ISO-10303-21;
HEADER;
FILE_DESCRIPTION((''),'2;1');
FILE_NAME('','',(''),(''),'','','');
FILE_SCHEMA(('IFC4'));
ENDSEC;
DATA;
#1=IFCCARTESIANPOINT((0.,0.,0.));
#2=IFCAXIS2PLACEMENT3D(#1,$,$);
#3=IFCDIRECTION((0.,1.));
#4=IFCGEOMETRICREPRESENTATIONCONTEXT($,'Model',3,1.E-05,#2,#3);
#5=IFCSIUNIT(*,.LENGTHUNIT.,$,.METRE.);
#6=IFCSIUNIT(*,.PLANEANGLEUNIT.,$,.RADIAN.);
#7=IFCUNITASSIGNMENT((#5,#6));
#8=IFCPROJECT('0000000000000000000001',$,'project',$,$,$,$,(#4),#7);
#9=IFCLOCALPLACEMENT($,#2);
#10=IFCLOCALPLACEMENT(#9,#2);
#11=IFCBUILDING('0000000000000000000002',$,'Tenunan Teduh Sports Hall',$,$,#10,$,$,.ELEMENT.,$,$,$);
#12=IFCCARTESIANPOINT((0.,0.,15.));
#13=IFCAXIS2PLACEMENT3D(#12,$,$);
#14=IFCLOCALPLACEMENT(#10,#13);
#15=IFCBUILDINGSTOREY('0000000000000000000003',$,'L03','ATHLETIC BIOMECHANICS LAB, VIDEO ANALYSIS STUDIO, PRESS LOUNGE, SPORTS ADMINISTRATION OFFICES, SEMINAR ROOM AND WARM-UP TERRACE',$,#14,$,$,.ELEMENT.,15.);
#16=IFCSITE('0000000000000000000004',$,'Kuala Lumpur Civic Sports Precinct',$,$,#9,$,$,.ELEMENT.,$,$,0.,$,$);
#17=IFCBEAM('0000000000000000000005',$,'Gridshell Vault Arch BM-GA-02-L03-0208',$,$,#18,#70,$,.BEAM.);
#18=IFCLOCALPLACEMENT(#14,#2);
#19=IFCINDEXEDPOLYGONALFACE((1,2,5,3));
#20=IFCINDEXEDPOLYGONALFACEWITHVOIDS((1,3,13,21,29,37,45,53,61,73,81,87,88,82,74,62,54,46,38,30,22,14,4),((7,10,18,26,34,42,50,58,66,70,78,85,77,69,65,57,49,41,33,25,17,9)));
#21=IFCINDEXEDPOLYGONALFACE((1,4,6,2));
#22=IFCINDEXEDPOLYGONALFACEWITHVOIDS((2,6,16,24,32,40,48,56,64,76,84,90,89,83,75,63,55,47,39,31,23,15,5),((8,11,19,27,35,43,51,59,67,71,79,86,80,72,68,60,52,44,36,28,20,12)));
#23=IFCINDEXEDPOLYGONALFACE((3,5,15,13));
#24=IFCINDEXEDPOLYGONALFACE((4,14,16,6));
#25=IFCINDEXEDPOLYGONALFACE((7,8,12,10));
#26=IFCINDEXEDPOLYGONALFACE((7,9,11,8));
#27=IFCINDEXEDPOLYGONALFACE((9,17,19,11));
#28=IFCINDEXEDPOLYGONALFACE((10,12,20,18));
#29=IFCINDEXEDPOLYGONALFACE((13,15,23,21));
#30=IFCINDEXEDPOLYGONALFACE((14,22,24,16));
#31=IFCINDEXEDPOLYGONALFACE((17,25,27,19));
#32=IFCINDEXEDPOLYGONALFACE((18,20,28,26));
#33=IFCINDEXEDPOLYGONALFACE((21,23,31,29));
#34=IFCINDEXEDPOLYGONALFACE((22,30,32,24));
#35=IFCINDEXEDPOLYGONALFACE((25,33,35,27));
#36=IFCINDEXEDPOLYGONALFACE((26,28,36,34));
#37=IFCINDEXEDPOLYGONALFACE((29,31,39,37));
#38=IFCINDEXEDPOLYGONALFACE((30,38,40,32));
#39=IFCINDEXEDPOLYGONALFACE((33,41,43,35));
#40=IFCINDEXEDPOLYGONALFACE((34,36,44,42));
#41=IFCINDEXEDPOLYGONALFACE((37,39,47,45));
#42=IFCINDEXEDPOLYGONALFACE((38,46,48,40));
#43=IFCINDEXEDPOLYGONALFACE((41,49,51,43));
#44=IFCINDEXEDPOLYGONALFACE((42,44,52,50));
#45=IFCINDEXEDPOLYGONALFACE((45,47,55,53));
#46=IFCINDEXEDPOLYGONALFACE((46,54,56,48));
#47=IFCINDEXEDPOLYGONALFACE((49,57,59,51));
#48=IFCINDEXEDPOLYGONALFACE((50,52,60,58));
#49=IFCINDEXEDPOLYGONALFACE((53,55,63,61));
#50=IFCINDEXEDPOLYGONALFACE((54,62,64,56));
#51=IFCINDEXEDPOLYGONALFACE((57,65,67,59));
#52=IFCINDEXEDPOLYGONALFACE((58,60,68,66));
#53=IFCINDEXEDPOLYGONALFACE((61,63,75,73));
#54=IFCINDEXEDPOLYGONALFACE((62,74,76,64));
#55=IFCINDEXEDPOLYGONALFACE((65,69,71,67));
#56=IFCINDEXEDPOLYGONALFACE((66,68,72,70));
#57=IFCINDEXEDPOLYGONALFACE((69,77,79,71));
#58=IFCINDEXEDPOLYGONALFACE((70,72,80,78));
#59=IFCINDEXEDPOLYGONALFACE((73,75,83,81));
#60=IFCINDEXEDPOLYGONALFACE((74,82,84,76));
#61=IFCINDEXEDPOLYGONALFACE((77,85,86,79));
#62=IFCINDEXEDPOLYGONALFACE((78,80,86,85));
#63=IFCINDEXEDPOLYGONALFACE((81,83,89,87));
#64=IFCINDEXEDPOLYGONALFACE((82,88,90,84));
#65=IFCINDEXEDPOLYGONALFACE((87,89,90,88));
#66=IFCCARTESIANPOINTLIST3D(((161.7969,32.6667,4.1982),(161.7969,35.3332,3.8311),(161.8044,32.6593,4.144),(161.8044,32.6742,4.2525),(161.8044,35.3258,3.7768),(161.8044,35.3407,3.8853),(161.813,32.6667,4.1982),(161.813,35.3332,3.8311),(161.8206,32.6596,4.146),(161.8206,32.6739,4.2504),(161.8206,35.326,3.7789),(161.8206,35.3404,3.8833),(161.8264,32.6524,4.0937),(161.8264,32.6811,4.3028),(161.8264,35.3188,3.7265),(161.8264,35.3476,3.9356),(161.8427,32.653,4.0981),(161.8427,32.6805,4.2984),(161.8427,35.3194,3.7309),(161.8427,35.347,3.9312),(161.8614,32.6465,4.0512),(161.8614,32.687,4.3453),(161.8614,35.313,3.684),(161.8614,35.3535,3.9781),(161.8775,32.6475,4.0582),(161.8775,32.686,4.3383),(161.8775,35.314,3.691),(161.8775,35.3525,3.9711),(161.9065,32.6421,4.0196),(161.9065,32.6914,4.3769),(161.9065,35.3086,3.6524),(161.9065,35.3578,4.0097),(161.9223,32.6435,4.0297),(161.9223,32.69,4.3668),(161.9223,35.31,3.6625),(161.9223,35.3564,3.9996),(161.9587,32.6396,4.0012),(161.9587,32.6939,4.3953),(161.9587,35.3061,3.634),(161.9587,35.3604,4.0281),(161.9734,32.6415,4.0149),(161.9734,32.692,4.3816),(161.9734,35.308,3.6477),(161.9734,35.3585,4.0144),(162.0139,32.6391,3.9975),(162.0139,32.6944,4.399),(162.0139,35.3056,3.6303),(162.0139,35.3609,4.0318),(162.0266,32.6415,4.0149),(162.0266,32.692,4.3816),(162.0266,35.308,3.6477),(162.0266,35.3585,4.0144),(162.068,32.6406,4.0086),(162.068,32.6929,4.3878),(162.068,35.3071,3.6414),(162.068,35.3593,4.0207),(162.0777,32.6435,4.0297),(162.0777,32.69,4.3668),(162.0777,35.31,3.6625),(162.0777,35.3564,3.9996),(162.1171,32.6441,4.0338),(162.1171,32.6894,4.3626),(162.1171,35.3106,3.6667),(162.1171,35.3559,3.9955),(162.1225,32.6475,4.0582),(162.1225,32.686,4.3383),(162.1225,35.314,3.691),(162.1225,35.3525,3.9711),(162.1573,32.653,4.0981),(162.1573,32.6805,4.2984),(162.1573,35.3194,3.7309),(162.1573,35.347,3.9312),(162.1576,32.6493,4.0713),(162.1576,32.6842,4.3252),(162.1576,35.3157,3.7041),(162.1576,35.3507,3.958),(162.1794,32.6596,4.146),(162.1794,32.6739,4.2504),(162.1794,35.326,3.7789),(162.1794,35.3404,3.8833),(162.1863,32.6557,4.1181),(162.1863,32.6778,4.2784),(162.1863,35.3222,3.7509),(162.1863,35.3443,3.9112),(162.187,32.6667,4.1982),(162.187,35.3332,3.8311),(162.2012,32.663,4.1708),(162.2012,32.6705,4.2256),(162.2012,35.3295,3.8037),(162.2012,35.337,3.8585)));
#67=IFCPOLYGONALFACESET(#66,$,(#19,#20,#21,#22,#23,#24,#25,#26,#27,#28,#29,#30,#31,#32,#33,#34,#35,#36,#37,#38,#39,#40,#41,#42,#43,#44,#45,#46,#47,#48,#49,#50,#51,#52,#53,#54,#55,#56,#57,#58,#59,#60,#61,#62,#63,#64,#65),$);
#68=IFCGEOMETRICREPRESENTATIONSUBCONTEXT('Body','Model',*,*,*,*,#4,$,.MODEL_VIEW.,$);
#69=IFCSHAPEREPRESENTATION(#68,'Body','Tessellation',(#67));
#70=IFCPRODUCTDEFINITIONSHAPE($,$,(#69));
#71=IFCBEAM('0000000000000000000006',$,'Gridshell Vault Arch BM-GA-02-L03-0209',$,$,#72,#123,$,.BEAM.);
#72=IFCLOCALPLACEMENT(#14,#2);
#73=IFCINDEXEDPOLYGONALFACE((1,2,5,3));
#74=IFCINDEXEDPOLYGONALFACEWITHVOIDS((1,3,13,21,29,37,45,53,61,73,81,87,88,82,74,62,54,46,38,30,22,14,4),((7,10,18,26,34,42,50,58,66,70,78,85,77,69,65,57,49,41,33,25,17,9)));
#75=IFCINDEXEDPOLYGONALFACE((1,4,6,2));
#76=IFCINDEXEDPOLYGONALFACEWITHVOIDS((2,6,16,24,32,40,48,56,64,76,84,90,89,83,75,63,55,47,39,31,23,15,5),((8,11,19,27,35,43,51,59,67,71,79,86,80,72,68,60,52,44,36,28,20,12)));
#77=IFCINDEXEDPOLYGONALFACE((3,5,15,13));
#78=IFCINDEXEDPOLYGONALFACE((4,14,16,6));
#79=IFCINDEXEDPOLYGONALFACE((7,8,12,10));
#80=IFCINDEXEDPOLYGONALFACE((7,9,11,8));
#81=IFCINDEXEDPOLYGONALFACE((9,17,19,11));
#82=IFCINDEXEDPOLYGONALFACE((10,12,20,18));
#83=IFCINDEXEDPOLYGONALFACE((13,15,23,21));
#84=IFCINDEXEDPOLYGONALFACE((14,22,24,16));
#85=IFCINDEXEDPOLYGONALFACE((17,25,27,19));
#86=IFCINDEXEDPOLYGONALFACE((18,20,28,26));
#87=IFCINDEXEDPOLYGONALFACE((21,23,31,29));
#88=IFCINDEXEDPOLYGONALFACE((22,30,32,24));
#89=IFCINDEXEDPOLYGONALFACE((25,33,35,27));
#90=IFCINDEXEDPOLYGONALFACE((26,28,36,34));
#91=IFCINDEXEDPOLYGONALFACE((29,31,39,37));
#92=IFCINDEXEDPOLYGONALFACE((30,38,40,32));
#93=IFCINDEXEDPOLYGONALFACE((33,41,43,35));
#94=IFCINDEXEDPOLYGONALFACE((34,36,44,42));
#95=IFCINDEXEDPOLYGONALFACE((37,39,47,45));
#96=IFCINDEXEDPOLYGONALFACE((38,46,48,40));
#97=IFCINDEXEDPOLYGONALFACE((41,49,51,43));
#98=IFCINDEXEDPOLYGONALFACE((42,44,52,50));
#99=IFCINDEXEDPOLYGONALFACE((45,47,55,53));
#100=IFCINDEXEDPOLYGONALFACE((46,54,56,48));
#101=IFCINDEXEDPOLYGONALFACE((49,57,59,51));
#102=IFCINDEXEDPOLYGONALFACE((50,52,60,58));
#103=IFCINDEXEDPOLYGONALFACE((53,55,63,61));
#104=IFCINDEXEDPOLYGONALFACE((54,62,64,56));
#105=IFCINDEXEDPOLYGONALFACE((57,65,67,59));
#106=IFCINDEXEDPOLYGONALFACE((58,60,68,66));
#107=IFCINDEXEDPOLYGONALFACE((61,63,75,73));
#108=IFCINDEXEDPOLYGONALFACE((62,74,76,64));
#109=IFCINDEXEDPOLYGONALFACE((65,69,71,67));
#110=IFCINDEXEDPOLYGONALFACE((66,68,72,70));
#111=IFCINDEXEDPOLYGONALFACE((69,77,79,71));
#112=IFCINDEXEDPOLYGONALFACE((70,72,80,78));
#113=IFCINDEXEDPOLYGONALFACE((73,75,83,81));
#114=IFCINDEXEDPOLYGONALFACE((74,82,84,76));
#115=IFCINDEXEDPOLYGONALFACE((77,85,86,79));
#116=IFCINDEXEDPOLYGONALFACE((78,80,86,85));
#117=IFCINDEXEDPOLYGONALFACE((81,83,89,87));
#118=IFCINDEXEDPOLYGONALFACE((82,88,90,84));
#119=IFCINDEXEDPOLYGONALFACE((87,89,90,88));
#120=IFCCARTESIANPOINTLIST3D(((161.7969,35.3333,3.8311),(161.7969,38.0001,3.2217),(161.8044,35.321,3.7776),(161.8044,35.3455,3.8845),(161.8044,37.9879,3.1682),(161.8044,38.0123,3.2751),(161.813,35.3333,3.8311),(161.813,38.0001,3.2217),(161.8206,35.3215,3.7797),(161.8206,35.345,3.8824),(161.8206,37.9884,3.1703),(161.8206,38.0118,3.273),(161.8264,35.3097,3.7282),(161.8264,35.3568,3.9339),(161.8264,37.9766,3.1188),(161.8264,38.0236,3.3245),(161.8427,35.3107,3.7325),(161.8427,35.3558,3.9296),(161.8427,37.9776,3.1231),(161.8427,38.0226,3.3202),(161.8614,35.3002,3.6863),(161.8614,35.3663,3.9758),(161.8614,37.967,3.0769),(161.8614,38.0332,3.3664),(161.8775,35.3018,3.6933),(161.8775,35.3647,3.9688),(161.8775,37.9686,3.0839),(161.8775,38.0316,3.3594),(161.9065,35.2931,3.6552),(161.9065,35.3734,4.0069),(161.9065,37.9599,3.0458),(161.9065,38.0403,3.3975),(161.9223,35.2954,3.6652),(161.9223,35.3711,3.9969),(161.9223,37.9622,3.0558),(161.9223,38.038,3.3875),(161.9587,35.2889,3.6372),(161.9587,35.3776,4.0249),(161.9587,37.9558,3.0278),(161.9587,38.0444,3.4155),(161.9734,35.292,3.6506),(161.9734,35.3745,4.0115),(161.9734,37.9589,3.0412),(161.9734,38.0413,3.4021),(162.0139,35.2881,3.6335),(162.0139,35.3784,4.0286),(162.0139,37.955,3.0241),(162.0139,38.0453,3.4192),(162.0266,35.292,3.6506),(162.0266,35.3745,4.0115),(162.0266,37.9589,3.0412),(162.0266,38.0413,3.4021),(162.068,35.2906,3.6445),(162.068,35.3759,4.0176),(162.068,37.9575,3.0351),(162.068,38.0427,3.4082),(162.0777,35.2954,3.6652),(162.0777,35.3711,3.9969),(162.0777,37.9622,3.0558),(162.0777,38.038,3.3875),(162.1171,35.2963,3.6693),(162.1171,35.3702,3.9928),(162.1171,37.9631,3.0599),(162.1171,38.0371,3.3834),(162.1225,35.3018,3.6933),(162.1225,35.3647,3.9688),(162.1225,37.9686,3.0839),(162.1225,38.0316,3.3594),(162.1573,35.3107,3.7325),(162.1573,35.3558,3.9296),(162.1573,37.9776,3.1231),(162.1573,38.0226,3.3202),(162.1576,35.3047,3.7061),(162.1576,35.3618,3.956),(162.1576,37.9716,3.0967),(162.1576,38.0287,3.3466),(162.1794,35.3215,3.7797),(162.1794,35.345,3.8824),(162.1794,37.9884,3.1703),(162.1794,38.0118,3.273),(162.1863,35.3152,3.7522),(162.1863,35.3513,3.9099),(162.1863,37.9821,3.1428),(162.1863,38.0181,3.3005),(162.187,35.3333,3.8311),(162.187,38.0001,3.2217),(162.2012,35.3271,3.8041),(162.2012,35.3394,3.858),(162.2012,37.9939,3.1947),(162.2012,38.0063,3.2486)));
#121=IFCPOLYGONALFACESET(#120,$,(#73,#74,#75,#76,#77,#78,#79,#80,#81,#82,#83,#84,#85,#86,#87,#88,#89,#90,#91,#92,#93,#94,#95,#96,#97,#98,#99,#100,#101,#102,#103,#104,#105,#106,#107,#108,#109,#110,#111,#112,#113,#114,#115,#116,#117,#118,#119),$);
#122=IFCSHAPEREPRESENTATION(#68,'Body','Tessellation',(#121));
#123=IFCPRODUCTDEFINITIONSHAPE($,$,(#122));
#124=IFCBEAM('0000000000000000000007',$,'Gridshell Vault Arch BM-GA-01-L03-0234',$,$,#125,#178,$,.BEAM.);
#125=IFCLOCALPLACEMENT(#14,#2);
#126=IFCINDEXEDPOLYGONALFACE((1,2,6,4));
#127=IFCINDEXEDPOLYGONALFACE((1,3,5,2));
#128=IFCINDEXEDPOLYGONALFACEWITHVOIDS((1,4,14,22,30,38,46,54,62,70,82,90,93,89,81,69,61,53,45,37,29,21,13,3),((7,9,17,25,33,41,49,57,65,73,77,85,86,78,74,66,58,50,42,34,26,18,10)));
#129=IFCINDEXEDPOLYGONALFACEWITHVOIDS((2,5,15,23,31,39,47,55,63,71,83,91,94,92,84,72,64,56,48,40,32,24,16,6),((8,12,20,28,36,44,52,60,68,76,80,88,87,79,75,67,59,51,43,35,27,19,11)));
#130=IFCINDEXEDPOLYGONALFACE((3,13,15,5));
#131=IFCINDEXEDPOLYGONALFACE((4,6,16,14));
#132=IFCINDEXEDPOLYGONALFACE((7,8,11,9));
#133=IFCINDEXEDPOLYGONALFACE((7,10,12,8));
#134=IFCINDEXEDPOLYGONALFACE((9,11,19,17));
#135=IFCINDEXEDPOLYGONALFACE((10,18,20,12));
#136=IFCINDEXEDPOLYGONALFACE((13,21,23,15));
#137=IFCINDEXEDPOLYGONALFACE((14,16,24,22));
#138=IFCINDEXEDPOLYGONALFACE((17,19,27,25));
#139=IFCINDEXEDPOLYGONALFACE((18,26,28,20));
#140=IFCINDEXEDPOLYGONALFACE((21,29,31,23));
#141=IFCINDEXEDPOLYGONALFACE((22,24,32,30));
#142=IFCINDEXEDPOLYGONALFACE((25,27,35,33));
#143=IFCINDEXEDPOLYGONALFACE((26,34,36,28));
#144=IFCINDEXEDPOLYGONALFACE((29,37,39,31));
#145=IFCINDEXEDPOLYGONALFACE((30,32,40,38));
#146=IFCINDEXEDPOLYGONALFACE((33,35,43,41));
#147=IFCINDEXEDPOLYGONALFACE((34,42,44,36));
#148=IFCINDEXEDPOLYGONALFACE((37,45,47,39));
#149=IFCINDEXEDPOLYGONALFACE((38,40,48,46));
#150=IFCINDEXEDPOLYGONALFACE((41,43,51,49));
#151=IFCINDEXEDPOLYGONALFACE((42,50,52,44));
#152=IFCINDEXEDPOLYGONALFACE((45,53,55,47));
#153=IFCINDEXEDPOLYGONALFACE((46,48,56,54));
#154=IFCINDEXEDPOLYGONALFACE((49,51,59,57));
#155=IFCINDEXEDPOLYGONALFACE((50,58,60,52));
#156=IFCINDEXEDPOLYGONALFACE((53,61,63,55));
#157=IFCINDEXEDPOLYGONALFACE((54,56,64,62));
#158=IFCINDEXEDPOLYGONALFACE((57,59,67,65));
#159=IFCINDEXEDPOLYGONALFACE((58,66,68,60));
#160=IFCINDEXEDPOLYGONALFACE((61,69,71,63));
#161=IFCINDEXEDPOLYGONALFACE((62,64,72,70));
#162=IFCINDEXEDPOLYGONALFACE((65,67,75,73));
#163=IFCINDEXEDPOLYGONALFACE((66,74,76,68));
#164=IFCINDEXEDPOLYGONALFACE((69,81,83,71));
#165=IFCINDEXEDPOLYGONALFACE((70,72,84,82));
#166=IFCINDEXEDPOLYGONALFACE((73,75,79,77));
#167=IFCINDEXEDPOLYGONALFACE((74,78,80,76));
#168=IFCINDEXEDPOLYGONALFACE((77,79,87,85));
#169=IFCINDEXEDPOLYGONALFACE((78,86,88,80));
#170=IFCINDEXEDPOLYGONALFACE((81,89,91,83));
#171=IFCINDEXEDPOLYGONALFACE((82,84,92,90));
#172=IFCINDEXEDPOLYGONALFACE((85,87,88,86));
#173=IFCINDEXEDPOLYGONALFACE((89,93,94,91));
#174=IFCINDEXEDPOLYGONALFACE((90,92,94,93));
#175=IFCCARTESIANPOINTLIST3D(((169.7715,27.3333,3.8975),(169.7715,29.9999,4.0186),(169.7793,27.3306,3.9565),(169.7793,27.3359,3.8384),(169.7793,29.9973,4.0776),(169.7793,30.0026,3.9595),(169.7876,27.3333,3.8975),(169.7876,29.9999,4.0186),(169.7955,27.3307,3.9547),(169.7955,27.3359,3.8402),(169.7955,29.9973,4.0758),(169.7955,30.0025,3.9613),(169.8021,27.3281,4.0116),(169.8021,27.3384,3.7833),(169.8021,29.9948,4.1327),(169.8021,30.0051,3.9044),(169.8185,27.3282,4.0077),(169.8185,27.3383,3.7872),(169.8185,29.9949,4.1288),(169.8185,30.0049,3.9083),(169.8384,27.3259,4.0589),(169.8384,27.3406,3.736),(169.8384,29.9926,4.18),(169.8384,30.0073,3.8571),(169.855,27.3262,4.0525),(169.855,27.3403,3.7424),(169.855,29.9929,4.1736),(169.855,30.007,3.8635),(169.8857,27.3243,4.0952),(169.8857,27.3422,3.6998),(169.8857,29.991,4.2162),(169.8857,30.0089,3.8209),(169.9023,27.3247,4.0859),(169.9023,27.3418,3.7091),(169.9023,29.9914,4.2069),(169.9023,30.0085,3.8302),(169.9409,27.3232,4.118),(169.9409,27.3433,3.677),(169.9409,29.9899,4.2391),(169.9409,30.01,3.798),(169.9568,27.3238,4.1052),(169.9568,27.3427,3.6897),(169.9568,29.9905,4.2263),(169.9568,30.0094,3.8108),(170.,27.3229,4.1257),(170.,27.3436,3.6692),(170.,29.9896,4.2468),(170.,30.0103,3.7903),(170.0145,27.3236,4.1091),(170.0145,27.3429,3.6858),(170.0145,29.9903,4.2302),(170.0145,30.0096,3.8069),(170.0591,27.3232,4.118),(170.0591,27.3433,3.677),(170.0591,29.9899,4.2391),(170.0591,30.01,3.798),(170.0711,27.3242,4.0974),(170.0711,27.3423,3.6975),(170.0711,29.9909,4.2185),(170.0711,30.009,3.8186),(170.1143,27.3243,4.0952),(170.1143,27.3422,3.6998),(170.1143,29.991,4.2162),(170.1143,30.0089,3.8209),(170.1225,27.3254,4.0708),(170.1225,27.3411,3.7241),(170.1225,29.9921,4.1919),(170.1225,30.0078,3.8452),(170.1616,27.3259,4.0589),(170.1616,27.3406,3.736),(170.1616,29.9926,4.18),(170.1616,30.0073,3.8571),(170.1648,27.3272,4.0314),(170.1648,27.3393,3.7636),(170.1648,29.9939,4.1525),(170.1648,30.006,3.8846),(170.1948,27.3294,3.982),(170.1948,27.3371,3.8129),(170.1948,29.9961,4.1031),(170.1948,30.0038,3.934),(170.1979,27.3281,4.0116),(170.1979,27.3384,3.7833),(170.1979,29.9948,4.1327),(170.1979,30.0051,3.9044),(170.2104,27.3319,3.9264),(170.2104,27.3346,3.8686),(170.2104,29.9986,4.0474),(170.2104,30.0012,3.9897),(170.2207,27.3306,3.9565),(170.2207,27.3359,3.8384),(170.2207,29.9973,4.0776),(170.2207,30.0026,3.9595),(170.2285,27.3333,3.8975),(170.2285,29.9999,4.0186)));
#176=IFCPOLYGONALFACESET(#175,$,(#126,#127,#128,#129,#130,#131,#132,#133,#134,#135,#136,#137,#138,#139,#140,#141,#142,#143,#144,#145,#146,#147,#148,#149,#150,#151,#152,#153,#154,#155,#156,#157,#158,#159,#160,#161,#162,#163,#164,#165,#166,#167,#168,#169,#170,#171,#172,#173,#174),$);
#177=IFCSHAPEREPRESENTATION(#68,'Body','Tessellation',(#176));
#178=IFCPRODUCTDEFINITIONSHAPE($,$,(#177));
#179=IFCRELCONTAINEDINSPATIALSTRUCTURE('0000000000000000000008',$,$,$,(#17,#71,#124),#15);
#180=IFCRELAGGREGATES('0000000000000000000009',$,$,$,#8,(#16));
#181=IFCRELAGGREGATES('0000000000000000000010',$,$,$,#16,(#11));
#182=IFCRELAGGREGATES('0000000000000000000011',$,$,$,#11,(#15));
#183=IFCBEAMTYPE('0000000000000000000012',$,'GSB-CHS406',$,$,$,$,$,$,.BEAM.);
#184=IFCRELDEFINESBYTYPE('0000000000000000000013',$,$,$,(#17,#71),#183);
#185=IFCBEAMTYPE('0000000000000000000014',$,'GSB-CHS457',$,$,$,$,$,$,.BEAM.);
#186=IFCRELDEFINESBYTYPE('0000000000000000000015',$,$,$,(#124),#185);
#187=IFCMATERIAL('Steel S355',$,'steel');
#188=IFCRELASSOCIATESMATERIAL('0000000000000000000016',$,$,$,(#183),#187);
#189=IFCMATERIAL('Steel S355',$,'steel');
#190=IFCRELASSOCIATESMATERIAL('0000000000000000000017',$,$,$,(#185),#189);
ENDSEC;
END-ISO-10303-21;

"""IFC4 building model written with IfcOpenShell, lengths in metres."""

from ifc_helpers import new_model, si_unit, direction, frame, origin, origin_2d, place, context, subcontext, project, spatial, hollow_circle, extrude, material, material_profile, profile_set, type_object, element, save


model = new_model("IFC4")

# Units and contexts
model_context = context("Model", 3, precision=1e-05, world=origin(), true_north=direction((0.0, 1.0)))
body_context = subcontext(model_context, "Body", "Model", "MODEL_VIEW")
ifc_project = project(units=[si_unit("LENGTHUNIT", "METRE"), si_unit("PLANEANGLEUNIT", "RADIAN")], contexts=[model_context])

# Site, building, storey
site_placement = place(None, origin())
site = spatial("IfcSite", under=ifc_project, at=site_placement, Name="Kuala Lumpur Civic Sports Precinct", CompositionType="ELEMENT", RefElevation=0.0)
building_placement = place(site_placement, origin())
building = spatial("IfcBuilding", under=site, at=building_placement, Name="Tenunan Teduh Sports Hall", CompositionType="ELEMENT")
storey_placement = place(building_placement, frame((0.0, 0.0, 15.0)))
storey = spatial("IfcBuildingStorey", under=building, at=storey_placement, Name="L03", Description="ATHLETIC BIOMECHANICS LAB, VIDEO ANALYSIS STUDIO, PRESS LOUNGE, SPORTS ADMINISTRATION OFFICES, SEMINAR ROOM AND WARM-UP TERRACE", CompositionType="ELEMENT", Elevation=15.0)

# Beams
ifc_material_1 = material(Name="Steel S355", Category="steel")
ifc_material_profile_1 = material_profile(ifc_material_1, hollow_circle(Radius=0.2031, WallThickness=0.0161, at=origin_2d()), Name="CHS 406.4x16.0")
ifc_profile_set_1 = profile_set([ifc_material_profile_1], Name="Steel S355")
beam_type_1 = type_object("IfcBeamType", Name="GSB-CHS406", PredefinedType="BEAM", material=ifc_profile_set_1)
beam_1_placement = place(storey_placement, frame((162.0, 32.6667, 4.1982), z_axis=(0.0, 0.990652, -0.136416), x_axis=(-1.0, 0.0, 0.0)))
element("IfcBeam", 1, at=beam_1_placement, inside=storey, type_object=beam_type_1, Name="Gridshell Vault Arch BM-GA-02-L03-0208", PredefinedType="BEAM", context=body_context, shape_type="SweptSolid", body=[
    extrude(hollow_circle(Radius=0.2031, WallThickness=0.0161, at=origin_2d()), origin(), (0.0, 0.0, 1.0), 2.6917),
])
beam_2_placement = place(storey_placement, frame((162.0, 35.3333, 3.8311), z_axis=(0.0, 0.974872, -0.222767), x_axis=(-1.0, 0.0, 0.0)))
element("IfcBeam", 2, at=beam_2_placement, inside=storey, type_object=beam_type_1, Name="Gridshell Vault Arch BM-GA-02-L03-0209", PredefinedType="BEAM", context=body_context, shape_type="SweptSolid", body=[
    extrude(hollow_circle(Radius=0.2031, WallThickness=0.0161, at=origin_2d()), origin(), (0.0, 0.0, 1.0), 2.7356),
])
ifc_material_2 = material(Name="Steel S355", Category="steel")
ifc_material_profile_2 = material_profile(ifc_material_2, hollow_circle(Radius=0.2285, WallThickness=0.0161, at=origin_2d()), Name="CHS 457.0x16.0")
ifc_profile_set_2 = profile_set([ifc_material_profile_2], Name="Steel S355")
beam_type_2 = type_object("IfcBeamType", Name="GSB-CHS457", PredefinedType="BEAM", material=ifc_profile_set_2)
for number, where, z_axis, x_axis, name in (
    (3, (170.0, 27.3333, 3.8975), (0.0, 0.998971, 0.045362), (-1.0, 0.0, 0.0), "Gridshell Vault Arch BM-GA-01-L03-0234"),
):
    element("IfcBeam", number, at=place(storey_placement, frame(where, z_axis=z_axis, x_axis=x_axis)), inside=storey, type_object=beam_type_2, Name=name, PredefinedType="BEAM", context=body_context, shape_type="SweptSolid", body=[
        extrude(hollow_circle(Radius=0.2285, WallThickness=0.0161, at=origin_2d()), origin(), (0.0, 0.0, 1.0), 2.6694),
    ])

save(model, "model.ifc")
